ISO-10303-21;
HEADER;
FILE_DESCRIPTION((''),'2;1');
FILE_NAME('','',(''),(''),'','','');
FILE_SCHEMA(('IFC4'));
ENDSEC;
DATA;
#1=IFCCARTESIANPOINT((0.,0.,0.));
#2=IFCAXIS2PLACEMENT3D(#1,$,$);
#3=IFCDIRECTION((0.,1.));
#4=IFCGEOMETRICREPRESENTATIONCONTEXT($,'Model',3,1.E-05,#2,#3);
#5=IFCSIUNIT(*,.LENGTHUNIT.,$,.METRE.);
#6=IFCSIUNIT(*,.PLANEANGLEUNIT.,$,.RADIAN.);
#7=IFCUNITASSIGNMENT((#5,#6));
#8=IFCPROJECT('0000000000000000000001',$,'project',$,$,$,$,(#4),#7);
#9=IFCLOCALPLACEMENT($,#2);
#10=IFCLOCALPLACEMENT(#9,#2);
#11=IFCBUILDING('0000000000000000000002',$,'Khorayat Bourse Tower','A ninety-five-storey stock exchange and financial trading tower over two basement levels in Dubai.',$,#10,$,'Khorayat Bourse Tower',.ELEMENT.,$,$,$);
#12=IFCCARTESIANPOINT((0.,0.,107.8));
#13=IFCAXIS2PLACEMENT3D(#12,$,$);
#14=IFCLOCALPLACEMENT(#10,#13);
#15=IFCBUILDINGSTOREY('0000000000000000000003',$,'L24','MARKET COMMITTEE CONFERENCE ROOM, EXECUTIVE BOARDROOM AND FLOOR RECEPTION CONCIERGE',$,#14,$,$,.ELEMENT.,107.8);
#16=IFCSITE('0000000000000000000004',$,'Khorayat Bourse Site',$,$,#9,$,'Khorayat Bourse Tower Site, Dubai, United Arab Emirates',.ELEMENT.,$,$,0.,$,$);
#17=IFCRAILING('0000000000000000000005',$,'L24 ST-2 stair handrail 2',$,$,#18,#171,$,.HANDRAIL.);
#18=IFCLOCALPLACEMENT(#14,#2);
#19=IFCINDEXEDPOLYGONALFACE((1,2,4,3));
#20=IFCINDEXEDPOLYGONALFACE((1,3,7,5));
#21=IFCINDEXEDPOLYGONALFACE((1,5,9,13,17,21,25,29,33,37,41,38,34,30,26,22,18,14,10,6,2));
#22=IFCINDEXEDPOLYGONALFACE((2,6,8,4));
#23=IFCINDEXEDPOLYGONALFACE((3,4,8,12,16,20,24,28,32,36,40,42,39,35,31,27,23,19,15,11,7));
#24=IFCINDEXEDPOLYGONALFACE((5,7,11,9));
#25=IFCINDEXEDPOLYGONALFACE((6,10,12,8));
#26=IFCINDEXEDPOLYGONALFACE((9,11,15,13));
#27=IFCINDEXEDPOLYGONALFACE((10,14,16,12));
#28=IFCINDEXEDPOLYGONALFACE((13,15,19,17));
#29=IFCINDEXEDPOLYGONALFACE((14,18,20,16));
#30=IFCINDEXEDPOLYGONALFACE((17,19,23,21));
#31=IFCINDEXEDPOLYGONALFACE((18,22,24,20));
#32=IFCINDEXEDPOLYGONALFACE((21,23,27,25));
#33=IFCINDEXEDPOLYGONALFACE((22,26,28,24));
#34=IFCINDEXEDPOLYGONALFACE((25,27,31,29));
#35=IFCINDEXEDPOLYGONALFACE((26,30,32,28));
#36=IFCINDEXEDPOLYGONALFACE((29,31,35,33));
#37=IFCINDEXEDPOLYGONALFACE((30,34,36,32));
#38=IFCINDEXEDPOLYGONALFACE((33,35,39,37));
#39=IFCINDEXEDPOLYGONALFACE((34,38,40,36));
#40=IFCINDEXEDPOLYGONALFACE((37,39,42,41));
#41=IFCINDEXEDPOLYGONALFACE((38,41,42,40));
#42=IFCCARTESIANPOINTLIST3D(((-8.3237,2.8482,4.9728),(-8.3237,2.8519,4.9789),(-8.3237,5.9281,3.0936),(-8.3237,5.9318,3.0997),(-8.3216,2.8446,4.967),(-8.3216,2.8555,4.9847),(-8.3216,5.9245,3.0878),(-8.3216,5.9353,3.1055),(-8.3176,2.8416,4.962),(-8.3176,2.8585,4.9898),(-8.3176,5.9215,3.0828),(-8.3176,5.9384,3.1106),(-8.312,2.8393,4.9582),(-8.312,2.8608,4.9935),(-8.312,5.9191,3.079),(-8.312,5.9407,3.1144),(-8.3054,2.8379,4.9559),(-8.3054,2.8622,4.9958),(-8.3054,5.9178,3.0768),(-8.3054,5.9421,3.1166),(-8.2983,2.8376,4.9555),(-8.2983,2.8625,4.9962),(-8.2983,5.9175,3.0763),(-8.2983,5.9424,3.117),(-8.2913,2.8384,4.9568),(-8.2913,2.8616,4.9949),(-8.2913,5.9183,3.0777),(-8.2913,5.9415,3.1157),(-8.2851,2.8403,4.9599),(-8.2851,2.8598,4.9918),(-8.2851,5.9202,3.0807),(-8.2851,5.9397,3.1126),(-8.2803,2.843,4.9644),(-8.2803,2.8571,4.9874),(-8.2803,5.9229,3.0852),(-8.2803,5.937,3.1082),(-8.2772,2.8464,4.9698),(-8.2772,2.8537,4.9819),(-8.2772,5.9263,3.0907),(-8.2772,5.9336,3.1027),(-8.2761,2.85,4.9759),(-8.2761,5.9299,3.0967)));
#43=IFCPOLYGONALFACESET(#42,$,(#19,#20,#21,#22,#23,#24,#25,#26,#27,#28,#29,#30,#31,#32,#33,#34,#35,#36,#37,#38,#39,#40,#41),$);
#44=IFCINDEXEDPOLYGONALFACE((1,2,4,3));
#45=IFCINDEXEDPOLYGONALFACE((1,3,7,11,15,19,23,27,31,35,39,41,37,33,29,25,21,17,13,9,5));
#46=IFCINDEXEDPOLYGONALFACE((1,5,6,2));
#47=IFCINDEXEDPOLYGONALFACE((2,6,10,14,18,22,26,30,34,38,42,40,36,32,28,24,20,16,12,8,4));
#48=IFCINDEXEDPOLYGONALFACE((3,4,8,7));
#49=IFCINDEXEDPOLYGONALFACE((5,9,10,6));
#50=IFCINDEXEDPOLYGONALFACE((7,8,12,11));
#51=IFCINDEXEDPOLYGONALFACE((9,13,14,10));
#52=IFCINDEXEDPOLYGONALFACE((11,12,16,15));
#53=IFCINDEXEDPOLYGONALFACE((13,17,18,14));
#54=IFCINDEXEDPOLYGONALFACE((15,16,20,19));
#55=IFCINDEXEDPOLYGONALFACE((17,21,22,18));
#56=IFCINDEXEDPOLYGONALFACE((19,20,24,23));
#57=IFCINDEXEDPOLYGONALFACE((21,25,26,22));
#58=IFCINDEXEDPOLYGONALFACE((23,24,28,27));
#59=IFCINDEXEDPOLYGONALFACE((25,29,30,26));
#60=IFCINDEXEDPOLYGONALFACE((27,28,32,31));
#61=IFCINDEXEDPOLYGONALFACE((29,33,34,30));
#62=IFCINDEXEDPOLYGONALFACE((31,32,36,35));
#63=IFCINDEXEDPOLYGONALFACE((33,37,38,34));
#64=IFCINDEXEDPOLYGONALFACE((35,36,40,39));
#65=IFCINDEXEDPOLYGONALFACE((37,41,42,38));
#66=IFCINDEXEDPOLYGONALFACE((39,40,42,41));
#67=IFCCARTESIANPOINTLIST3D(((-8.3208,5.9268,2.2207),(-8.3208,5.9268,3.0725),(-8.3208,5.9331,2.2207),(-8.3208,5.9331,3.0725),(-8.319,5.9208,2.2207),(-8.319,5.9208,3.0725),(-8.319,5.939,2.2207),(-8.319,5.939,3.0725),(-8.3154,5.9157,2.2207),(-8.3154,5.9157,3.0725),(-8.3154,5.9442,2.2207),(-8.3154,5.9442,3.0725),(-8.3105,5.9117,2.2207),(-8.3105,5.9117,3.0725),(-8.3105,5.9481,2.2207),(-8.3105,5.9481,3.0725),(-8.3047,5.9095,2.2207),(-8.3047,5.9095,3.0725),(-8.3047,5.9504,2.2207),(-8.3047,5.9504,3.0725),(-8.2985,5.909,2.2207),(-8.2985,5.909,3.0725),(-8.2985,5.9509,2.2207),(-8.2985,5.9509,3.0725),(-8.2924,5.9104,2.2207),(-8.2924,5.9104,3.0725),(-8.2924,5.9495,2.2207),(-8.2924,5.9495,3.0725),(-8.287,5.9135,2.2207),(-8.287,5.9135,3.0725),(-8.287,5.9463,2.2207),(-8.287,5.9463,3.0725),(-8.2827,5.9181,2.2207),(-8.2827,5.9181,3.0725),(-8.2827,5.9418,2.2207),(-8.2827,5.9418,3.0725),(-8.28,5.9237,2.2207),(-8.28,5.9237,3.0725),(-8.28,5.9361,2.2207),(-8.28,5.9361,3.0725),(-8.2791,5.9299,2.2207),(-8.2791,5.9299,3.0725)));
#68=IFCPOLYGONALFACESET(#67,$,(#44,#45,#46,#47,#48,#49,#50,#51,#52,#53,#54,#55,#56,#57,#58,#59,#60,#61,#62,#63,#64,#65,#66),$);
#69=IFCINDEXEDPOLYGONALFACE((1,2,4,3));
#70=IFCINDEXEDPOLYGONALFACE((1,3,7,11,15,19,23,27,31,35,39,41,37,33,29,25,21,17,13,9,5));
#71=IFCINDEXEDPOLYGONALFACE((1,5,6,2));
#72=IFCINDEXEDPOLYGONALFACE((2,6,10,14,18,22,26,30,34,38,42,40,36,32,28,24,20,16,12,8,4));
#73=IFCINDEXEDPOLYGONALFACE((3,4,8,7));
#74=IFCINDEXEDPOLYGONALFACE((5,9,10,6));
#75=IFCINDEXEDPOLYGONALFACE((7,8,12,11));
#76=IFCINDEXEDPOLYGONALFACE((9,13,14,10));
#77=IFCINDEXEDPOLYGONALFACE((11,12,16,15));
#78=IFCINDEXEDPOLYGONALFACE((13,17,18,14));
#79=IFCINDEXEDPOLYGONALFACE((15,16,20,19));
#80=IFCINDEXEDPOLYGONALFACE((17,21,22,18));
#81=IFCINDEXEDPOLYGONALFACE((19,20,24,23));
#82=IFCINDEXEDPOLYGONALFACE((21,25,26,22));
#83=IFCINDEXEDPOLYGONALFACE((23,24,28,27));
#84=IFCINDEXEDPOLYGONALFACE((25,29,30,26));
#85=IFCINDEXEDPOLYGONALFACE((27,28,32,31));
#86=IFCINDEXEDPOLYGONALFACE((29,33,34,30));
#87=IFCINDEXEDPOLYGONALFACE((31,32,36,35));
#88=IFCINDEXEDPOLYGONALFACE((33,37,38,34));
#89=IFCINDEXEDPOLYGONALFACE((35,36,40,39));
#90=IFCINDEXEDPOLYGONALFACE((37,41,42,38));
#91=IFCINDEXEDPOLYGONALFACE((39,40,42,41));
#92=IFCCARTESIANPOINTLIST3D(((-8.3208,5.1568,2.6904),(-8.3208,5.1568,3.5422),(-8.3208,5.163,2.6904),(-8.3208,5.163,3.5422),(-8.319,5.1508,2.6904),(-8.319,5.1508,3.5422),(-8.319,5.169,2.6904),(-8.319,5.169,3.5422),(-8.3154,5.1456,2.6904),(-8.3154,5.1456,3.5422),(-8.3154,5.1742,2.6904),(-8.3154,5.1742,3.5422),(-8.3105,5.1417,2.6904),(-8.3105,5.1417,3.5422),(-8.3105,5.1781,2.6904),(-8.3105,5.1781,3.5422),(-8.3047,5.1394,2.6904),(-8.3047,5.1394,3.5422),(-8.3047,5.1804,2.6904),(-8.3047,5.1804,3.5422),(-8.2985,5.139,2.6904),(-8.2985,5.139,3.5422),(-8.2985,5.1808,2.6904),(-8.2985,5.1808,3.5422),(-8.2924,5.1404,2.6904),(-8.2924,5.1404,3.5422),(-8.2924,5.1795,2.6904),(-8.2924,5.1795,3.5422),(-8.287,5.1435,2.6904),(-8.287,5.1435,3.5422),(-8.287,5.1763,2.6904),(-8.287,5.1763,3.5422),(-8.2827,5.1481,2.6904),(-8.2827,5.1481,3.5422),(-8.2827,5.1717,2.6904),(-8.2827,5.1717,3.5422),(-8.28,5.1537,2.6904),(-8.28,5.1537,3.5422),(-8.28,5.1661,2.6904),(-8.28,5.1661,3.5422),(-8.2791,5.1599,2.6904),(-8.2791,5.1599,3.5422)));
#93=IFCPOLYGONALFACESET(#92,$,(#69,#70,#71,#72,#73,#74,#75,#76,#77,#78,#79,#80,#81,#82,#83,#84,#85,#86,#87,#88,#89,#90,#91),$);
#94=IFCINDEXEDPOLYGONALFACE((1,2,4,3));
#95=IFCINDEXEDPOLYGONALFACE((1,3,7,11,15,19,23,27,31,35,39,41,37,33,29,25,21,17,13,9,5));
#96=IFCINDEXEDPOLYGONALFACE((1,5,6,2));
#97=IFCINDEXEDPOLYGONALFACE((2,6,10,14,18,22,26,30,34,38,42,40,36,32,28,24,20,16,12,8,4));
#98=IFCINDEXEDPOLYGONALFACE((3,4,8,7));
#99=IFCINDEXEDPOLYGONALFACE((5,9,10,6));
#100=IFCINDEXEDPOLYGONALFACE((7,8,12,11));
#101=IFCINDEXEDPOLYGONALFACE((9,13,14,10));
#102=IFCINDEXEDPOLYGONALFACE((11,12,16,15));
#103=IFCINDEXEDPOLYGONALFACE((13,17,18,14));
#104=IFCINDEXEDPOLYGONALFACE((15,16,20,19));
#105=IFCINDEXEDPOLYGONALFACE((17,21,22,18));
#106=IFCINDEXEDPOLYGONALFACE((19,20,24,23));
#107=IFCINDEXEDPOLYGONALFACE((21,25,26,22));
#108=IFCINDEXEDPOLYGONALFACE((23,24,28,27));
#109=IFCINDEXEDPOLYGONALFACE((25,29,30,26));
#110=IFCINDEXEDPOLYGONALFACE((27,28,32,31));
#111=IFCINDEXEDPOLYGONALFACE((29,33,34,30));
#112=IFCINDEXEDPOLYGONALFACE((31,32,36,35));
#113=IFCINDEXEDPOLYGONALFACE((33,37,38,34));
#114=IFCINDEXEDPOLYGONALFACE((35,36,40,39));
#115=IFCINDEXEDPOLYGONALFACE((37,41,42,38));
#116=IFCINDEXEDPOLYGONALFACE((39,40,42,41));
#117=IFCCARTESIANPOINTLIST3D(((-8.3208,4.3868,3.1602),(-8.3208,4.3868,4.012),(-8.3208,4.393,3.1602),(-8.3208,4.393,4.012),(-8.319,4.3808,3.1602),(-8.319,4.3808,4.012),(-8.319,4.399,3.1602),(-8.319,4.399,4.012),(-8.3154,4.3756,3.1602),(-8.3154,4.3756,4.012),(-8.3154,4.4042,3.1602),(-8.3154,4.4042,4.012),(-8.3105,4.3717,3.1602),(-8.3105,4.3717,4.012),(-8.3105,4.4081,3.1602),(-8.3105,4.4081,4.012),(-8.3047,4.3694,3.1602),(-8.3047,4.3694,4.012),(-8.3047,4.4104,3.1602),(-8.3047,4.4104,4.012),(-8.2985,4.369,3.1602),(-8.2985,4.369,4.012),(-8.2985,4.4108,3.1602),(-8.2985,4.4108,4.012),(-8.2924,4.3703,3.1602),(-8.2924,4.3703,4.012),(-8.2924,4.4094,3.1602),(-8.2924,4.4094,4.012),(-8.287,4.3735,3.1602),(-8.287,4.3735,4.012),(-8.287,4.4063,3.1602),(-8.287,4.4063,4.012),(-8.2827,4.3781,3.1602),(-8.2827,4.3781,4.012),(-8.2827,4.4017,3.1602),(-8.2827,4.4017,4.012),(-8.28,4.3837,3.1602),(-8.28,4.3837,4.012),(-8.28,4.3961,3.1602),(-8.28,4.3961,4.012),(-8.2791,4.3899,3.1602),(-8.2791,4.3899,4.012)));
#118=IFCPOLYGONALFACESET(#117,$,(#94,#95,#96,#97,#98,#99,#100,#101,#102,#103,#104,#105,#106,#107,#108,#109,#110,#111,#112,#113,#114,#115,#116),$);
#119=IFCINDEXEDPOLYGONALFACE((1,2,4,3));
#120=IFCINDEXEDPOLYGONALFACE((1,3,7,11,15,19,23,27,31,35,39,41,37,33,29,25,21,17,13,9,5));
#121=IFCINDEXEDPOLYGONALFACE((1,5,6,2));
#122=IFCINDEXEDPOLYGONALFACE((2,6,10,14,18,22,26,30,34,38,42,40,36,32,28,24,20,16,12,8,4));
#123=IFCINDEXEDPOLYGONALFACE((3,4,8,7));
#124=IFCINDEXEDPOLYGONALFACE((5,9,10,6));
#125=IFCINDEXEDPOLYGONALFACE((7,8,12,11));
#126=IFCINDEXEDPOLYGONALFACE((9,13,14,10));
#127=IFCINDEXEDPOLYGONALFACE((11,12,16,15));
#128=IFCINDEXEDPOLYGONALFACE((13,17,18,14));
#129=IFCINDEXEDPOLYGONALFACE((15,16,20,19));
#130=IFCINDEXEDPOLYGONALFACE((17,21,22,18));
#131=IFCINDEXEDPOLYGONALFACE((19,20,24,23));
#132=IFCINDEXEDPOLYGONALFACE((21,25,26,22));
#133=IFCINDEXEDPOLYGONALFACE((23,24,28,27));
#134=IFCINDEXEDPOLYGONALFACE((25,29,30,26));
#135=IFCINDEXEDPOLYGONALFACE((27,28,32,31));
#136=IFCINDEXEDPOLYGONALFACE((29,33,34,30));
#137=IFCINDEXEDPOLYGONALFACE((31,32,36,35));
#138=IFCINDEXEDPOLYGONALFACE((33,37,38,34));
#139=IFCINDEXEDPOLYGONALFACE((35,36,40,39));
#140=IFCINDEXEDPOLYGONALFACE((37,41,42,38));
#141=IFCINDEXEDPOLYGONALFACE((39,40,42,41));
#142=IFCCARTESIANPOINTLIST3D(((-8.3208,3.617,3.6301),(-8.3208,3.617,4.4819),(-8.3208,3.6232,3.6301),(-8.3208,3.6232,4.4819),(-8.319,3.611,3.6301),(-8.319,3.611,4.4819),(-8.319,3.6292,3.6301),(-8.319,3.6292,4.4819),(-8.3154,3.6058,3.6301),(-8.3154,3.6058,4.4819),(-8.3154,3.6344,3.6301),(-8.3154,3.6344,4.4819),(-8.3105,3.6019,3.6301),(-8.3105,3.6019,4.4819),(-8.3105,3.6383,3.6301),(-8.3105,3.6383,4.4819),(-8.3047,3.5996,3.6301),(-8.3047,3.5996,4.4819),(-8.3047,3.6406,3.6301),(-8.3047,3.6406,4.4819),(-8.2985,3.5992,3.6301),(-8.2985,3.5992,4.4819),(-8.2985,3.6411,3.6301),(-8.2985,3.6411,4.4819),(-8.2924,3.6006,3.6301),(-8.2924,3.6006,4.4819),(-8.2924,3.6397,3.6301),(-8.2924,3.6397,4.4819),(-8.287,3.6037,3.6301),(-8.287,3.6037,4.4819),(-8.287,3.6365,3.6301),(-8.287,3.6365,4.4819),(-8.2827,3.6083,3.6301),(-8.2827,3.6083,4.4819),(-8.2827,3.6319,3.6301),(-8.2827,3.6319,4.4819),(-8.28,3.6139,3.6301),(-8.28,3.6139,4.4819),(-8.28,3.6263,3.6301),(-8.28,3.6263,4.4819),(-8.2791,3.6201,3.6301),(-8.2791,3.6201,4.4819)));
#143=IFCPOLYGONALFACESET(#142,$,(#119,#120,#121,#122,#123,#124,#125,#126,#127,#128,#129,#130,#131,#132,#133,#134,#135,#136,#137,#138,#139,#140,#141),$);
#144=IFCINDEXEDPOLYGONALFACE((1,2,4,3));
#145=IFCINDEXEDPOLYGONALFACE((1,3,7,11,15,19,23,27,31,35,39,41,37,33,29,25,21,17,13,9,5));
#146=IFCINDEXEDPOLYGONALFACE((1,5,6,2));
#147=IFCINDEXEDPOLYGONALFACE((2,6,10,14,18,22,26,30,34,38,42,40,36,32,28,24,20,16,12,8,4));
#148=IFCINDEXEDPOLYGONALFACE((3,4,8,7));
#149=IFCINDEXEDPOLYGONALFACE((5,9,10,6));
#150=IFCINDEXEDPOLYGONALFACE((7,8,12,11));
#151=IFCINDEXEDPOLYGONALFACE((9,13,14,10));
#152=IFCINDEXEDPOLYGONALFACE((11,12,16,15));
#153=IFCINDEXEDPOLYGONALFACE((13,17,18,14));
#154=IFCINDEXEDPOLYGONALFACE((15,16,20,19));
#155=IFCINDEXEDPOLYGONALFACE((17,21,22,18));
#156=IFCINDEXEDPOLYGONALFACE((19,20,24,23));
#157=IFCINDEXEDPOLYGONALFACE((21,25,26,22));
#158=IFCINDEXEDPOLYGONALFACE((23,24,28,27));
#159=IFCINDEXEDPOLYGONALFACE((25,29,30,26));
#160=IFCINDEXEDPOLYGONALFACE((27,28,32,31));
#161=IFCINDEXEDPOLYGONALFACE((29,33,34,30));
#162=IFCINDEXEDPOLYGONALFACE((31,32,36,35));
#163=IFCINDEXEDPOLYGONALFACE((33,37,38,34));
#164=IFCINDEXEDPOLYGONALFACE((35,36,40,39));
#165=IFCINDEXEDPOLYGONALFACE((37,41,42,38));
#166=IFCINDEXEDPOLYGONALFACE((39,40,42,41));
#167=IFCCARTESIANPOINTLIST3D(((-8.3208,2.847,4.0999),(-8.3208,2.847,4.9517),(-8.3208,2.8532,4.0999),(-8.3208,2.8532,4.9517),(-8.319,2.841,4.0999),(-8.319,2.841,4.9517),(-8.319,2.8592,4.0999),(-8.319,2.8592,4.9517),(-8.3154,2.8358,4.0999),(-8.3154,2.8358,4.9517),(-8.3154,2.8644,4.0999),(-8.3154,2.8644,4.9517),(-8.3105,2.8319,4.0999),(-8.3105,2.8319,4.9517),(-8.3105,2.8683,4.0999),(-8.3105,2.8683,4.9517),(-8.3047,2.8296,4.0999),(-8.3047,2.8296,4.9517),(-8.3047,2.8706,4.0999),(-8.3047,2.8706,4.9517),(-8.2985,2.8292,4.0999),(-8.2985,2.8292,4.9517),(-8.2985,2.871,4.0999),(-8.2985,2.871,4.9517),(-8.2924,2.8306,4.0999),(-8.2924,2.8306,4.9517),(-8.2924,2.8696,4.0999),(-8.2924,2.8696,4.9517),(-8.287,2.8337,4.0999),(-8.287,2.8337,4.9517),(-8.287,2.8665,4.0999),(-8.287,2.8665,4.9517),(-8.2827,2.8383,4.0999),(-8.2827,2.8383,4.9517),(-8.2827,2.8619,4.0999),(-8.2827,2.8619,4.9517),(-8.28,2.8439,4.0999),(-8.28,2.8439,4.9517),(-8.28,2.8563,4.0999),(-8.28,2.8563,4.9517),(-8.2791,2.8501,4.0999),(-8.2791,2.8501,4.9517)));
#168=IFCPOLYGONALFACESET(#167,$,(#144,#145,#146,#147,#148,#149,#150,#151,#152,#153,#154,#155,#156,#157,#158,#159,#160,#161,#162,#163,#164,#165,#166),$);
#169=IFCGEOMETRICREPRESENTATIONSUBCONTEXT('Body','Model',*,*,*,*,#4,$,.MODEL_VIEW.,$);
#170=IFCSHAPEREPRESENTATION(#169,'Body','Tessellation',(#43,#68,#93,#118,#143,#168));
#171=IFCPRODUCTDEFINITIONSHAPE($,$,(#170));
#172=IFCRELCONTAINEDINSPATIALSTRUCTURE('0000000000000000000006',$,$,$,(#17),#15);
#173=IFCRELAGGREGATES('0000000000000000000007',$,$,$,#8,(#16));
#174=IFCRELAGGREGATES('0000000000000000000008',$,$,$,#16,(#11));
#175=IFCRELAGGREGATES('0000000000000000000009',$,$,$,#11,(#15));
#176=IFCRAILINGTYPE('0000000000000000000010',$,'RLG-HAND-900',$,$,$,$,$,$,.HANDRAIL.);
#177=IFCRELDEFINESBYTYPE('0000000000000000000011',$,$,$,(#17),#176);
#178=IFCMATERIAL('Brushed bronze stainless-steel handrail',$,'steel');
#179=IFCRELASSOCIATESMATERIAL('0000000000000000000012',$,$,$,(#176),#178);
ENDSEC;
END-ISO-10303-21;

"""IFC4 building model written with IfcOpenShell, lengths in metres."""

from ifc_helpers import new_model, si_unit, direction, frame, origin, origin_2d, place, context, subcontext, project, spatial, circle, extrude, source, transform, mapped, material, type_object, element, save


model = new_model("IFC4")

# Units and contexts
model_context = context("Model", 3, precision=1e-05, world=origin(), true_north=direction((0.0, 1.0)))
body_context = subcontext(model_context, "Body", "Model", "MODEL_VIEW")
ifc_project = project(units=[si_unit("LENGTHUNIT", "METRE"), si_unit("PLANEANGLEUNIT", "RADIAN")], contexts=[model_context])

# Site, building, storey
site_placement = place(None, origin())
site = spatial("IfcSite", under=ifc_project, at=site_placement, Name="Khorayat Bourse Site", LongName="Khorayat Bourse Tower Site, Dubai, United Arab Emirates", CompositionType="ELEMENT", RefElevation=0.0)
building_placement = place(site_placement, origin())
building = spatial("IfcBuilding", under=site, at=building_placement, Name="Khorayat Bourse Tower", Description="A ninety-five-storey stock exchange and financial trading tower over two basement levels in Dubai.", LongName="Khorayat Bourse Tower", CompositionType="ELEMENT")
storey_placement = place(building_placement, frame((0.0, 0.0, 107.8)))
storey = spatial("IfcBuildingStorey", under=building, at=storey_placement, Name="L24", Description="MARKET COMMITTEE CONFERENCE ROOM, EXECUTIVE BOARDROOM AND FLOOR RECEPTION CONCIERGE", CompositionType="ELEMENT", Elevation=107.8)

# Railing
ifc_material_1 = material(Name="Brushed bronze stainless-steel handrail", Category="steel")
railing_type_1 = type_object("IfcRailingType", Name="RLG-HAND-900", PredefinedType="HANDRAIL", material=ifc_material_1)
shared_shape_1 = source(origin(), body_context, "Body", "SweptSolid", [
    extrude(circle(Radius=0.0239, at=origin_2d()), frame((0.0, 0.0, 0.876), z_axis=(0.0, -0.853648, 0.52085), x_axis=(1.0, 0.0, 0.0)), (0.0, 0.0, 1.0), 3.6079),
    extrude(circle(Radius=0.021, at=origin_2d()), origin(), (0.0, 0.0, 1.0), 0.8518),
    extrude(circle(Radius=0.021, at=origin_2d()), frame((0.0, -0.77, 0.4697)), (0.0, 0.0, 1.0), 0.8518),
    extrude(circle(Radius=0.021, at=origin_2d()), frame((0.0, -1.54, 0.9395)), (0.0, 0.0, 1.0), 0.8518),
    extrude(circle(Radius=0.021, at=origin_2d()), frame((0.0, -2.3098, 1.4094)), (0.0, 0.0, 1.0), 0.8518),
    extrude(circle(Radius=0.021, at=origin_2d()), frame((0.0, -3.0798, 1.8792)), (0.0, 0.0, 1.0), 0.8518),
])
railing_1_placement = place(storey_placement, frame((-8.3, 5.9299, 2.2207)))
element("IfcRailing", 1, at=railing_1_placement, inside=storey, type_object=railing_type_1, Name="L24 ST-2 stair handrail 2", PredefinedType="HANDRAIL", context=body_context, shape_type="MappedRepresentation", body=[
    mapped(shared_shape_1, transform((0.0, 0.0, 0.0), scale=1.0)),
])

save(model, "model.ifc")
